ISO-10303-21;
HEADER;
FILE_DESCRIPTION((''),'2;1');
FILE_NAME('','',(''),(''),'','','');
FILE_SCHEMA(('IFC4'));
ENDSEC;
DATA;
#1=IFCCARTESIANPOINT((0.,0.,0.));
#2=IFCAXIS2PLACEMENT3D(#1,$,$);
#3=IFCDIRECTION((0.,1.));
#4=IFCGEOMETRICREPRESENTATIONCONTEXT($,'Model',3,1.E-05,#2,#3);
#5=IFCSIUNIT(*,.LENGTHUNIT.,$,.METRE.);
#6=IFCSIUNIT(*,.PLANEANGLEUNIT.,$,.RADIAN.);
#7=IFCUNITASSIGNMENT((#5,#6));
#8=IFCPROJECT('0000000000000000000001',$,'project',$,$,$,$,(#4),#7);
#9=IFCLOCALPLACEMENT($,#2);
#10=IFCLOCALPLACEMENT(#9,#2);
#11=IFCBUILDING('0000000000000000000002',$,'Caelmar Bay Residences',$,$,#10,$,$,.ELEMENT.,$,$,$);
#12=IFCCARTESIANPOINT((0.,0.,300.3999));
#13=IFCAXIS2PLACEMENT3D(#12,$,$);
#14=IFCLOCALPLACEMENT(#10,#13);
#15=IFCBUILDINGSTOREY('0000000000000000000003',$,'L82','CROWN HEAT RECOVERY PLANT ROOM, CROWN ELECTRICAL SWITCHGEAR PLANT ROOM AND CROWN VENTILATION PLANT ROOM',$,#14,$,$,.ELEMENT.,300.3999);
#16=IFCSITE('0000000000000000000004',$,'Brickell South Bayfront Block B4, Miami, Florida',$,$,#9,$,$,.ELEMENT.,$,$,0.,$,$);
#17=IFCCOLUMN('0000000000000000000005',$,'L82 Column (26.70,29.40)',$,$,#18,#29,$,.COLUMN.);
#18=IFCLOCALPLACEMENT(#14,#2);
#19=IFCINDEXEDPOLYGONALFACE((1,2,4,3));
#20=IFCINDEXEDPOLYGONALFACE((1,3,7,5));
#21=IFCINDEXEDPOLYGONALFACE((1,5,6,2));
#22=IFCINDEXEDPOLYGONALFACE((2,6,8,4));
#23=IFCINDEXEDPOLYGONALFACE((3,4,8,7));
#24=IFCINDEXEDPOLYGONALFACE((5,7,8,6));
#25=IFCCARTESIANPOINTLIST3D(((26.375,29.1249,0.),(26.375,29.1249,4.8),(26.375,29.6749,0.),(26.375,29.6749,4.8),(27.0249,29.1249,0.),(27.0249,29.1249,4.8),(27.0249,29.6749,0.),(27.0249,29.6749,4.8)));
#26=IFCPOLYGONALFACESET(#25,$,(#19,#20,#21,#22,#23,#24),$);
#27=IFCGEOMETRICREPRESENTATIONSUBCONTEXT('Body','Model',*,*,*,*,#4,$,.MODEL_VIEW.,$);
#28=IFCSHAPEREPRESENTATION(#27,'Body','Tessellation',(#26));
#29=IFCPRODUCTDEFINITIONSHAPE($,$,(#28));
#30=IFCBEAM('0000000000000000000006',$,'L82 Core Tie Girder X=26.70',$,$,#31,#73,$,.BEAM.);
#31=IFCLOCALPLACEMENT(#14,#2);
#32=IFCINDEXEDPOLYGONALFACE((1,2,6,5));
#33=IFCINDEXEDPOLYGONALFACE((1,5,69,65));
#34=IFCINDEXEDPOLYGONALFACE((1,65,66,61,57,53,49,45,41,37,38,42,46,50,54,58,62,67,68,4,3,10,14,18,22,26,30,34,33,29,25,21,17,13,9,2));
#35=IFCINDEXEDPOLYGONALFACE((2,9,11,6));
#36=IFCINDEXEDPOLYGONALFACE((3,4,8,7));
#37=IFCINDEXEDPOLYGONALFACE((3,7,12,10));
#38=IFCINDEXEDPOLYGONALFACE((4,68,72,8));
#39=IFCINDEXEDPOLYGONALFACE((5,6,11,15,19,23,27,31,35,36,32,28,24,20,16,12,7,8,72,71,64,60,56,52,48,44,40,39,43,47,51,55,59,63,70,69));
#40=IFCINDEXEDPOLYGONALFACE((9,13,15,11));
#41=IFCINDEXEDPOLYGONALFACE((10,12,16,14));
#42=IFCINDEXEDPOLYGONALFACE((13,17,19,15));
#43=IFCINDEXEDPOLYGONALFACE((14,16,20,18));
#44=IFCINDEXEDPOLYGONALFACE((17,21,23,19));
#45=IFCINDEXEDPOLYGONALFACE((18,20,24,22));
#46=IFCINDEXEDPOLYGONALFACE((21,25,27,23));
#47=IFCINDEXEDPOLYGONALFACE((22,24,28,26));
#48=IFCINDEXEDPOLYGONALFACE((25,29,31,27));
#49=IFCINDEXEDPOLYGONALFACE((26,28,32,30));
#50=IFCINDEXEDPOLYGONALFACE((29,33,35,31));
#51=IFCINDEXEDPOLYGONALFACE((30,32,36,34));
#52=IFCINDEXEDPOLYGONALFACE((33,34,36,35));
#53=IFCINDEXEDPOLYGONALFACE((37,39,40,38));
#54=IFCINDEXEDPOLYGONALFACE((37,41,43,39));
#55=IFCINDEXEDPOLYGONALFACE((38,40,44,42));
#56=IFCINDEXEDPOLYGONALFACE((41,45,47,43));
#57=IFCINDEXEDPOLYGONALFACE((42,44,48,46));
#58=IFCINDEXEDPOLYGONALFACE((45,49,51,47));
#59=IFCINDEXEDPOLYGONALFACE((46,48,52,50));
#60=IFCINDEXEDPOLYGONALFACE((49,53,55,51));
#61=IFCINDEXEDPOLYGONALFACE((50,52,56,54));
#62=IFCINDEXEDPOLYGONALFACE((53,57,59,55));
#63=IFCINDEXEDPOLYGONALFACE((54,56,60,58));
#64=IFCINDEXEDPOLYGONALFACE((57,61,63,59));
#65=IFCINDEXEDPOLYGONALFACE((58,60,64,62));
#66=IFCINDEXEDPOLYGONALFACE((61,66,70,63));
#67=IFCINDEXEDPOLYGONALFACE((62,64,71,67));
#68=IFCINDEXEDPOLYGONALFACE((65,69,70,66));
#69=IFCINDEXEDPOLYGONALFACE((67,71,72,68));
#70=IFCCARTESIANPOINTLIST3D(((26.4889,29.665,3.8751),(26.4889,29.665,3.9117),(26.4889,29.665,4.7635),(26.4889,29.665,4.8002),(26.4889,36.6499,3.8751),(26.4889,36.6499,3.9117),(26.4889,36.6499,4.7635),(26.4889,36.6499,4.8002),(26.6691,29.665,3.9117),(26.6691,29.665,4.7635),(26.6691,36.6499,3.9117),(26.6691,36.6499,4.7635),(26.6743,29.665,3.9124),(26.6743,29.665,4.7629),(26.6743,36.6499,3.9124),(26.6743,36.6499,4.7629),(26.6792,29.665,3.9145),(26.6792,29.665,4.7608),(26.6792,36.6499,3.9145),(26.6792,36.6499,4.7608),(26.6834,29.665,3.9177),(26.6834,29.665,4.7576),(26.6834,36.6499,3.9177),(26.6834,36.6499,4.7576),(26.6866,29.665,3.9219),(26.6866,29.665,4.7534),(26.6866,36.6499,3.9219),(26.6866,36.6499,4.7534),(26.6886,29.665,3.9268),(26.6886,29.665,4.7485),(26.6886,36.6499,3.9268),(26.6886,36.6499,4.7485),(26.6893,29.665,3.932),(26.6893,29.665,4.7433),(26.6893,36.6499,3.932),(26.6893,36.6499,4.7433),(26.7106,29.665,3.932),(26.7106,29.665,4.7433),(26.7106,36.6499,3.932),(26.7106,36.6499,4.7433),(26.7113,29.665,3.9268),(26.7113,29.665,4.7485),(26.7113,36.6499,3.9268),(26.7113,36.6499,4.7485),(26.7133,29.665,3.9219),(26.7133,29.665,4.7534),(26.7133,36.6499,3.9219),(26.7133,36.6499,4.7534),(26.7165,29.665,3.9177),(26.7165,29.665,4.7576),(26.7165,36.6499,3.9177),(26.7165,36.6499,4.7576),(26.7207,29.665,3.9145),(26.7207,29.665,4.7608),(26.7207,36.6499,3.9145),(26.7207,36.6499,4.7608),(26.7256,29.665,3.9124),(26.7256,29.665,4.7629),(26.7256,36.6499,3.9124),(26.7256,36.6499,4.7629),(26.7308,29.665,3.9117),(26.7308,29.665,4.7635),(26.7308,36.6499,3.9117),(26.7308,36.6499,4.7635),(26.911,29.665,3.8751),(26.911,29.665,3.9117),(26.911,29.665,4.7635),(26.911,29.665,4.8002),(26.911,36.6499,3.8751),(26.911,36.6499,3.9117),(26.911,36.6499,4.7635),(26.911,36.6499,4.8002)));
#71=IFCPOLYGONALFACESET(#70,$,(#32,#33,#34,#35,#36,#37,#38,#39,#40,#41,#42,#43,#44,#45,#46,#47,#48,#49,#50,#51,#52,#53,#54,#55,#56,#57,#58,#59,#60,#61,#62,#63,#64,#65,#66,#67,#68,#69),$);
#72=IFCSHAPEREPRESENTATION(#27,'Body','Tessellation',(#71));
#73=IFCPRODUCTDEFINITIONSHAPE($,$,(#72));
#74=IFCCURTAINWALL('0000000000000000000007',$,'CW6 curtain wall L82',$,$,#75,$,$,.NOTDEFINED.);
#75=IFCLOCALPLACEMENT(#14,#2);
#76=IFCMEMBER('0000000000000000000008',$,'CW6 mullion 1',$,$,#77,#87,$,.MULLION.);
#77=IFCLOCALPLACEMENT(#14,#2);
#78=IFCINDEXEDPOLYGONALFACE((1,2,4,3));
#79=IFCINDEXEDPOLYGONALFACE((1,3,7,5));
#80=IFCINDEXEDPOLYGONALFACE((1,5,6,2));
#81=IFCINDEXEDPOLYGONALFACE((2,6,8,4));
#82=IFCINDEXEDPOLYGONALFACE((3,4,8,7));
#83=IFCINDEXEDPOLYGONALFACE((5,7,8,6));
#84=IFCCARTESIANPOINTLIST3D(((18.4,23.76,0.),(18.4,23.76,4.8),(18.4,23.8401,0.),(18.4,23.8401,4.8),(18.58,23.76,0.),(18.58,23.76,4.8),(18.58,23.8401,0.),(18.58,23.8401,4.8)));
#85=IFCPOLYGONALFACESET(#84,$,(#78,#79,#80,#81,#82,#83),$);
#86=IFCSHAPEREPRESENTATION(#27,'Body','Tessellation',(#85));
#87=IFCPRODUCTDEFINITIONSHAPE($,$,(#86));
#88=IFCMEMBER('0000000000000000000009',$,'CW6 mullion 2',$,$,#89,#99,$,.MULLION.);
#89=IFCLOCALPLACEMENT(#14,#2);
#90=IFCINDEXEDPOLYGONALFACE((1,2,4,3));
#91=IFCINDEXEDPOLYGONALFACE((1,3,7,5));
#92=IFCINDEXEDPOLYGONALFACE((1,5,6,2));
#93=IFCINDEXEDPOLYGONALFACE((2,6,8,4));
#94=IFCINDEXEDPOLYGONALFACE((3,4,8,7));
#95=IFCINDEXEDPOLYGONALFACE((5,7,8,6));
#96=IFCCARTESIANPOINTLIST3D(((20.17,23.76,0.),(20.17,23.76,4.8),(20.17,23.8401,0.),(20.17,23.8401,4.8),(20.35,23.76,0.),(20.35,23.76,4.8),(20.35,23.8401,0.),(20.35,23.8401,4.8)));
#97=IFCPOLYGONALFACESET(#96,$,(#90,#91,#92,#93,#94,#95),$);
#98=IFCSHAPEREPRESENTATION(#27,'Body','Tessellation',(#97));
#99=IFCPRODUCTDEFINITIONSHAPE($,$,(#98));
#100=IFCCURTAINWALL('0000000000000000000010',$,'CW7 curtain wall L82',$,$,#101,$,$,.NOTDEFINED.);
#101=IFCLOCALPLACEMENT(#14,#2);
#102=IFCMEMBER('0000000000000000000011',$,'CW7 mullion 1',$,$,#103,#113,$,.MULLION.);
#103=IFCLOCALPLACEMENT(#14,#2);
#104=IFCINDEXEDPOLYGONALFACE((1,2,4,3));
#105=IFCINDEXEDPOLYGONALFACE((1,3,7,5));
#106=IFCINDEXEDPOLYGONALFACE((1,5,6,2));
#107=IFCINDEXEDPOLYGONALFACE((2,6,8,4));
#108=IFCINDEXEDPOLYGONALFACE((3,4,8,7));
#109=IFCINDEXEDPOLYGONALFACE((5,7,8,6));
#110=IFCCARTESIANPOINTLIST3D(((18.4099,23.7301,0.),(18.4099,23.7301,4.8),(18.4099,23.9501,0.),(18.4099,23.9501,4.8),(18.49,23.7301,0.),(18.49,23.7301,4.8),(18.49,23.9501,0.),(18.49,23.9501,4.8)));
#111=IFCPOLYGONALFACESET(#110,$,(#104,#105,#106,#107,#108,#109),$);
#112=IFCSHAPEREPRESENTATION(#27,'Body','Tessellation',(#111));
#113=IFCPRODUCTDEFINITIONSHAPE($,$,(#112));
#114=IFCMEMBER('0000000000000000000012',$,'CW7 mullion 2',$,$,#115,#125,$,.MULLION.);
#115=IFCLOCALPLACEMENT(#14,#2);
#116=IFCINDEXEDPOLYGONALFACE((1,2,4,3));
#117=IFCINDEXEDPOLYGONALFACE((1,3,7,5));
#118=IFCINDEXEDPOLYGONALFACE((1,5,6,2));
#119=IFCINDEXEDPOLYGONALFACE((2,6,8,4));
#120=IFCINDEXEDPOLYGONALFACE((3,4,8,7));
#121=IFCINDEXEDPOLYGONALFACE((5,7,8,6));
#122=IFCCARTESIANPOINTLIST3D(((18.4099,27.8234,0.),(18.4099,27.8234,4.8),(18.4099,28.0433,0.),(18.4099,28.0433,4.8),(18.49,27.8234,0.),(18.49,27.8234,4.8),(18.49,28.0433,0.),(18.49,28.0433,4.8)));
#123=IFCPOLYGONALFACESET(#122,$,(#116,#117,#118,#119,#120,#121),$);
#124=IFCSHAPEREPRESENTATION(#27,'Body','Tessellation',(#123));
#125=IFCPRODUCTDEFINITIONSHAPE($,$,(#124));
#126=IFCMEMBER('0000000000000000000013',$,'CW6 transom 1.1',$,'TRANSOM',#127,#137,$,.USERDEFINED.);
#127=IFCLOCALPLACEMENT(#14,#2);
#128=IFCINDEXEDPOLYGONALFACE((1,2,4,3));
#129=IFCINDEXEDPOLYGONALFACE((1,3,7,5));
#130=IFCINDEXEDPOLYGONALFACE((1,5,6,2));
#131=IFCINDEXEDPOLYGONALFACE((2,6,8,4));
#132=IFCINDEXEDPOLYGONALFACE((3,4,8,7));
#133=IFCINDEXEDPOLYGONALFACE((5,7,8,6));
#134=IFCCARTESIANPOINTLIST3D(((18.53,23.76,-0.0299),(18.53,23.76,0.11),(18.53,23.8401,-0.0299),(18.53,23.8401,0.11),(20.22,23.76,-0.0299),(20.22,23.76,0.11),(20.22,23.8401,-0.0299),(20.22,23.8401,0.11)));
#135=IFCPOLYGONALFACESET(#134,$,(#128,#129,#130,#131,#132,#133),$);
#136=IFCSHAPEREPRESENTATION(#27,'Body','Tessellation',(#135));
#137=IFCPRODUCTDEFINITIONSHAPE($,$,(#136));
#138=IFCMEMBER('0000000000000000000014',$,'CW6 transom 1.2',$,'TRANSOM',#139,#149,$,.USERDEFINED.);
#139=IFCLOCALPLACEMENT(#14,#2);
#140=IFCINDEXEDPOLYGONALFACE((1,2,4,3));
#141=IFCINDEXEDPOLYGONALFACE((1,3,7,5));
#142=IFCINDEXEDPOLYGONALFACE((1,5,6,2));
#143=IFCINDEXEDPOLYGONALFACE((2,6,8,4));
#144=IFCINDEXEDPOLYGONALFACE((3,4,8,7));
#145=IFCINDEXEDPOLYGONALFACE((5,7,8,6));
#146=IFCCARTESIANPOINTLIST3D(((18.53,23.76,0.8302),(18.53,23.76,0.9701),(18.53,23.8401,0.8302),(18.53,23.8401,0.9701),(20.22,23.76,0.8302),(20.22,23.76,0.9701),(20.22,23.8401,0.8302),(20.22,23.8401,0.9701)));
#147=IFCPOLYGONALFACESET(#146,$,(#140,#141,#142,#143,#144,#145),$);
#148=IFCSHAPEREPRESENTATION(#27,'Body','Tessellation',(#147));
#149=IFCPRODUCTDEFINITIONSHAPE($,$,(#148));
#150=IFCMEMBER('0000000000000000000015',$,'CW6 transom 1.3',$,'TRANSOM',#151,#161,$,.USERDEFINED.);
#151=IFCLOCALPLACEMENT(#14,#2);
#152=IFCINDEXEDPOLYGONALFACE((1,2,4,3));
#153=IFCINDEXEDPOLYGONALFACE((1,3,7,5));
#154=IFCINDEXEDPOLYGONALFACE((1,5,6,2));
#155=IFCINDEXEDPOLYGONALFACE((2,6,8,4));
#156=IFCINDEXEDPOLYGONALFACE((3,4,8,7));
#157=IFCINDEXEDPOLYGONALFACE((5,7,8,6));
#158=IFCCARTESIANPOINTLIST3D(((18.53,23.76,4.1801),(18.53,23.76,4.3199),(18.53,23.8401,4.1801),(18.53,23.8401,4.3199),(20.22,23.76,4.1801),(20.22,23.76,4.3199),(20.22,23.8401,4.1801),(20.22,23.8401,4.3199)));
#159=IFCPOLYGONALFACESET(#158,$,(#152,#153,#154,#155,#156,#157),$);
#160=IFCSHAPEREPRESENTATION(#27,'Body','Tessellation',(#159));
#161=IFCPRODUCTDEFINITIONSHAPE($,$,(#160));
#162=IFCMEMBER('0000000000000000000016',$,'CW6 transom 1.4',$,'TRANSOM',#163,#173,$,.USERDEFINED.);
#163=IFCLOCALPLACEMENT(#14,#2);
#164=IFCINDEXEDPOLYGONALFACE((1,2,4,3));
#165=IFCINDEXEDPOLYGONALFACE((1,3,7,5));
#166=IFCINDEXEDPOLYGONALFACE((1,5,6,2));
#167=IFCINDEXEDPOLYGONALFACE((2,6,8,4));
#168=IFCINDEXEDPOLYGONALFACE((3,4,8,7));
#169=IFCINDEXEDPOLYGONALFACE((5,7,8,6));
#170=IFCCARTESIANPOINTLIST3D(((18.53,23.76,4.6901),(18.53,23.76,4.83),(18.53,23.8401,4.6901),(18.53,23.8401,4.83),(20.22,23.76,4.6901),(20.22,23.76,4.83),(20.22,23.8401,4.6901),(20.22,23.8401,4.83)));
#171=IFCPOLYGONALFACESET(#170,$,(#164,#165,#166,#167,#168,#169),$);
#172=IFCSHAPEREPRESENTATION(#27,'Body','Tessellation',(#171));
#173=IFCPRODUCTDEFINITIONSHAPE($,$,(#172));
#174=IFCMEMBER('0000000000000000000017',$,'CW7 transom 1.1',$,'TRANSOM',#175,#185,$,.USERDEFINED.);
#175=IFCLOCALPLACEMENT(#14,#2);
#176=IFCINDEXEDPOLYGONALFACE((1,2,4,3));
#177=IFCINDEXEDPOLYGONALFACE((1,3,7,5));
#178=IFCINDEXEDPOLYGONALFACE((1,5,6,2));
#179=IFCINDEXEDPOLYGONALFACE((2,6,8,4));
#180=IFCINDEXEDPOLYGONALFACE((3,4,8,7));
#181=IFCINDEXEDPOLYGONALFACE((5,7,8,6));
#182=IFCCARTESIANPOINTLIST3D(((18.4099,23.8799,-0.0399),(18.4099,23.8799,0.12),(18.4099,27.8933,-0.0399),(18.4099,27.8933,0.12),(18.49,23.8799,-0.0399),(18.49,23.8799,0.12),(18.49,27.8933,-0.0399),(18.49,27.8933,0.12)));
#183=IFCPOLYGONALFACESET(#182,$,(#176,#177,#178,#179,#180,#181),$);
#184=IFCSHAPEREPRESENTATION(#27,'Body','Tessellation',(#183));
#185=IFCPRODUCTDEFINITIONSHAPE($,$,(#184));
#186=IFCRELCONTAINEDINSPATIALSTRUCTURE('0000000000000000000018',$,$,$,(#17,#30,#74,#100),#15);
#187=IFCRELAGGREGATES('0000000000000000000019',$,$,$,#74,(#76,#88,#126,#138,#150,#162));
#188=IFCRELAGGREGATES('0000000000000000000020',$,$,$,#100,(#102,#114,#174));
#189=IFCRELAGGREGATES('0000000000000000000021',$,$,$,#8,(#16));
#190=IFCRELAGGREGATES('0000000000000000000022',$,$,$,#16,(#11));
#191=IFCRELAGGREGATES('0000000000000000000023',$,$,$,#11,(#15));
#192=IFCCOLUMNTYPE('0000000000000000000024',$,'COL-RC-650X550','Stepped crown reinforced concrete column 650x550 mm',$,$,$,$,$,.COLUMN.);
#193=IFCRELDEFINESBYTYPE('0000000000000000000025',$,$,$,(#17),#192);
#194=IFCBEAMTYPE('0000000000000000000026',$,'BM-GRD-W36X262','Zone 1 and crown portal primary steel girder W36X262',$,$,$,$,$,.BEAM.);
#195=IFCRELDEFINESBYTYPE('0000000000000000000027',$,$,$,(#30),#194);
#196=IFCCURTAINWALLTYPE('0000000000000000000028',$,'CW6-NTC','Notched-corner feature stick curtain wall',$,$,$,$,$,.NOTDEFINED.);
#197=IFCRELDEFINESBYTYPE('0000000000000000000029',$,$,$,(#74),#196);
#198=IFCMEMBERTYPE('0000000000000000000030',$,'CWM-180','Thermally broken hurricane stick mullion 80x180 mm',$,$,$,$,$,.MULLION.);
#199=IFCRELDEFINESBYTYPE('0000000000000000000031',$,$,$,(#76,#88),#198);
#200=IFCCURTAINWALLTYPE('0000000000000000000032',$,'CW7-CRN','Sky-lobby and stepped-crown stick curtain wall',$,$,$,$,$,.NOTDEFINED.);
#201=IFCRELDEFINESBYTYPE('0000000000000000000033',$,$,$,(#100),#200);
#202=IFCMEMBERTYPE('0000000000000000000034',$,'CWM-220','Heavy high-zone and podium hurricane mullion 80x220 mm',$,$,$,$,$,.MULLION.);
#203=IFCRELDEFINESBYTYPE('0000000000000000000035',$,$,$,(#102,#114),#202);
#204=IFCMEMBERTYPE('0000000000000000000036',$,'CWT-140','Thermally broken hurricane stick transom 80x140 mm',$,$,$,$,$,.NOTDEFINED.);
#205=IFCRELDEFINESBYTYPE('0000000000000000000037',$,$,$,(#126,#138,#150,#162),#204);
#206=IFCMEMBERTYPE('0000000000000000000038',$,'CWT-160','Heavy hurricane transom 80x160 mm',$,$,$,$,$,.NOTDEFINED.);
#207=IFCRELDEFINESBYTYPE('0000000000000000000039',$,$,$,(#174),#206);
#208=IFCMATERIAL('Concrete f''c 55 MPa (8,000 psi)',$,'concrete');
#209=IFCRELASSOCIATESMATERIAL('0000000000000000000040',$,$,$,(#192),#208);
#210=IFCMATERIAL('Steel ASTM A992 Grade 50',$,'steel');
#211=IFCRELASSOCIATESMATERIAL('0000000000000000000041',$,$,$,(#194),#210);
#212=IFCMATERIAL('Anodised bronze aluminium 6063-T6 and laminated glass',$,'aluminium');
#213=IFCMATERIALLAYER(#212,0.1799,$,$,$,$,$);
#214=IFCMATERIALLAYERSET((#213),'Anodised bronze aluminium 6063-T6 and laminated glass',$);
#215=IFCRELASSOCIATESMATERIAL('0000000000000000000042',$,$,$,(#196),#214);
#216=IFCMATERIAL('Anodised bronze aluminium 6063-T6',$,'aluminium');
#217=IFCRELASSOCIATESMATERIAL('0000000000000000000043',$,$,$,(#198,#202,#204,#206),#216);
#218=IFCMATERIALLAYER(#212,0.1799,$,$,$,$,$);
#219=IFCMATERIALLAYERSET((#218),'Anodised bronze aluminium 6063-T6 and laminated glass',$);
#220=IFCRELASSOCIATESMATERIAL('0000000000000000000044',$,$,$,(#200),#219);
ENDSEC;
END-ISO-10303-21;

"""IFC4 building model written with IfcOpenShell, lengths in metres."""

from ifc_helpers import new_model, si_unit, direction, frame, origin, origin_2d, place, context, subcontext, project, spatial, rectangle, i_section, extrude, material, layer, layer_set, material_profile, profile_set, type_object, element, aggregate, save


model = new_model("IFC4")

# Units and contexts
model_context = context("Model", 3, precision=1e-05, world=origin(), true_north=direction((0.0, 1.0)))
body_context = subcontext(model_context, "Body", "Model", "MODEL_VIEW")
ifc_project = project(units=[si_unit("LENGTHUNIT", "METRE"), si_unit("PLANEANGLEUNIT", "RADIAN")], contexts=[model_context])

# Site, building, storey
site_placement = place(None, origin())
site = spatial("IfcSite", under=ifc_project, at=site_placement, Name="Brickell South Bayfront Block B4, Miami, Florida", CompositionType="ELEMENT", RefElevation=0.0)
building_placement = place(site_placement, origin())
building = spatial("IfcBuilding", under=site, at=building_placement, Name="Caelmar Bay Residences", CompositionType="ELEMENT")
storey_placement = place(building_placement, frame((0.0, 0.0, 300.3999)))
storey = spatial("IfcBuildingStorey", under=building, at=storey_placement, Name="L82", Description="CROWN HEAT RECOVERY PLANT ROOM, CROWN ELECTRICAL SWITCHGEAR PLANT ROOM AND CROWN VENTILATION PLANT ROOM", CompositionType="ELEMENT", Elevation=300.3999)

# Column
ifc_material_1 = material(Name="Concrete f'c 55 MPa (8,000 psi)", Category="concrete")
ifc_material_profile_1 = material_profile(ifc_material_1, rectangle(XDim=0.6499, YDim=0.55, at=origin_2d()), Name="RC-COL-650X550")
ifc_profile_set_1 = profile_set([ifc_material_profile_1], Name="Concrete f'c 55 MPa (8,000 psi)")
column_type = type_object("IfcColumnType", Name="COL-RC-650X550", Description="Stepped crown reinforced concrete column 650x550 mm", PredefinedType="COLUMN", material=ifc_profile_set_1)
column_placement = place(storey_placement, frame((26.7, 29.3999, 0.0), z_axis=(0.0, 0.0, 1.0), x_axis=(1.0, 0.0, 0.0)))
element("IfcColumn", 1, at=column_placement, inside=storey, type_object=column_type, Name="L82 Column (26.70,29.40)", PredefinedType="COLUMN", context=body_context, shape_type="SweptSolid", body=[
    extrude(rectangle(XDim=0.6499, YDim=0.55, at=origin_2d()), origin(), (0.0, 0.0, 1.0), 4.8),
])

# Beam
ifc_material_2 = material(Name="Steel ASTM A992 Grade 50", Category="steel")
ifc_material_profile_2 = material_profile(ifc_material_2, i_section(OverallWidth=0.4221, OverallDepth=0.925, WebThickness=0.0212, FlangeThickness=0.0366, FilletRadius=0.0203, at=origin_2d()), Name="W36X262")
ifc_profile_set_2 = profile_set([ifc_material_profile_2], Name="Steel ASTM A992 Grade 50")
beam_type = type_object("IfcBeamType", Name="BM-GRD-W36X262", Description="Zone 1 and crown portal primary steel girder W36X262", PredefinedType="BEAM", material=ifc_profile_set_2)
beam_placement = place(storey_placement, frame((26.7, 29.665, 4.3376), z_axis=(0.0, 1.0, 0.0), x_axis=(-1.0, 0.0, 0.0)))
element("IfcBeam", 2, at=beam_placement, inside=storey, type_object=beam_type, Name="L82 Core Tie Girder X=26.70", PredefinedType="BEAM", context=body_context, shape_type="SweptSolid", body=[
    extrude(i_section(OverallWidth=0.4221, OverallDepth=0.925, WebThickness=0.0212, FlangeThickness=0.0366, FilletRadius=0.0203, at=origin_2d()), origin(), (0.0, 0.0, 1.0), 6.9849),
])

# Curtain walls, members
ifc_material_3 = material(Name="Anodised bronze aluminium 6063-T6 and laminated glass", Category="aluminium")
ifc_layer_1 = layer(ifc_material_3, 0.1799)
ifc_layer_set_1 = layer_set([ifc_layer_1], Name="Anodised bronze aluminium 6063-T6 and laminated glass")
curtain_wall_type_1 = type_object("IfcCurtainWallType", Name="CW6-NTC", Description="Notched-corner feature stick curtain wall", PredefinedType="NOTDEFINED", material=ifc_layer_set_1)
curtain_wall_1_placement = place(storey_placement, origin())
curtain_wall_1 = element("IfcCurtainWall", 3, at=curtain_wall_1_placement, inside=storey, type_object=curtain_wall_type_1, Name="CW6 curtain wall L82", PredefinedType="NOTDEFINED")
ifc_material_4 = material(Name="Anodised bronze aluminium 6063-T6", Category="aluminium")
ifc_material_profile_3 = material_profile(ifc_material_4, rectangle(XDim=0.0801, YDim=0.1799, at=origin_2d()), Name="CWM-80X180")
ifc_profile_set_3 = profile_set([ifc_material_profile_3], Name="Anodised bronze aluminium 6063-T6")
member_type_1 = type_object("IfcMemberType", Name="CWM-180", Description="Thermally broken hurricane stick mullion 80x180 mm", PredefinedType="MULLION", material=ifc_profile_set_3)
member_1_placement = place(storey_placement, frame((18.49, 23.8, 0.0), z_axis=(0.0, 0.0, 1.0), x_axis=(0.0, 1.0, 0.0)))
member_1 = element("IfcMember", 4, at=member_1_placement, type_object=member_type_1, Name="CW6 mullion 1", PredefinedType="MULLION", context=body_context, shape_type="SweptSolid", body=[
    extrude(rectangle(XDim=0.0801, YDim=0.1799, at=origin_2d()), origin(), (0.0, 0.0, 1.0), 4.8),
])
member_2_placement = place(storey_placement, frame((20.26, 23.8, 0.0), z_axis=(0.0, 0.0, 1.0), x_axis=(0.0, 1.0, 0.0)))
member_2 = element("IfcMember", 5, at=member_2_placement, type_object=member_type_1, Name="CW6 mullion 2", PredefinedType="MULLION", context=body_context, shape_type="SweptSolid", body=[
    extrude(rectangle(XDim=0.0801, YDim=0.1799, at=origin_2d()), origin(), (0.0, 0.0, 1.0), 4.8),
])
ifc_layer_2 = layer(ifc_material_3, 0.1799)
ifc_layer_set_2 = layer_set([ifc_layer_2], Name="Anodised bronze aluminium 6063-T6 and laminated glass")
curtain_wall_type_2 = type_object("IfcCurtainWallType", Name="CW7-CRN", Description="Sky-lobby and stepped-crown stick curtain wall", PredefinedType="NOTDEFINED", material=ifc_layer_set_2)
curtain_wall_2_placement = place(storey_placement, origin())
curtain_wall_2 = element("IfcCurtainWall", 6, at=curtain_wall_2_placement, inside=storey, type_object=curtain_wall_type_2, Name="CW7 curtain wall L82", PredefinedType="NOTDEFINED")
ifc_material_profile_4 = material_profile(ifc_material_4, rectangle(XDim=0.0801, YDim=0.22, at=origin_2d()), Name="CWM-80X220")
ifc_profile_set_4 = profile_set([ifc_material_profile_4], Name="Anodised bronze aluminium 6063-T6")
member_type_2 = type_object("IfcMemberType", Name="CWM-220", Description="Heavy high-zone and podium hurricane mullion 80x220 mm", PredefinedType="MULLION", material=ifc_profile_set_4)
member_3_placement = place(storey_placement, frame((18.45, 23.8401, 0.0), z_axis=(0.0, 0.0, 1.0), x_axis=(-1.0, 0.0, 0.0)))
member_3 = element("IfcMember", 7, at=member_3_placement, type_object=member_type_2, Name="CW7 mullion 1", PredefinedType="MULLION", context=body_context, shape_type="SweptSolid", body=[
    extrude(rectangle(XDim=0.0801, YDim=0.22, at=origin_2d()), origin(), (0.0, 0.0, 1.0), 4.8),
])
member_4_placement = place(storey_placement, frame((18.45, 27.9333, 0.0), z_axis=(0.0, 0.0, 1.0), x_axis=(-1.0, 0.0, 0.0)))
member_4 = element("IfcMember", 8, at=member_4_placement, type_object=member_type_2, Name="CW7 mullion 2", PredefinedType="MULLION", context=body_context, shape_type="SweptSolid", body=[
    extrude(rectangle(XDim=0.0801, YDim=0.22, at=origin_2d()), origin(), (0.0, 0.0, 1.0), 4.8),
])

# Members
ifc_material_profile_5 = material_profile(ifc_material_4, rectangle(XDim=0.0801, YDim=0.1399, at=origin_2d()), Name="CWT-80X140")
ifc_profile_set_5 = profile_set([ifc_material_profile_5], Name="Anodised bronze aluminium 6063-T6")
member_type_3 = type_object("IfcMemberType", Name="CWT-140", Description="Thermally broken hurricane stick transom 80x140 mm", PredefinedType="NOTDEFINED", material=ifc_profile_set_5)
member_5_placement = place(storey_placement, frame((18.53, 23.8, 0.04), z_axis=(1.0, 0.0, 0.0), x_axis=(0.0, 1.0, 0.0)))
member_5 = element("IfcMember", 9, at=member_5_placement, type_object=member_type_3, Name="CW6 transom 1.1", ObjectType="TRANSOM", PredefinedType="USERDEFINED", context=body_context, shape_type="SweptSolid", body=[
    extrude(rectangle(XDim=0.0801, YDim=0.1399, at=origin_2d()), origin(), (0.0, 0.0, 1.0), 1.6899),
])
member_6_placement = place(storey_placement, frame((18.53, 23.8, 0.9001), z_axis=(1.0, 0.0, 0.0), x_axis=(0.0, 1.0, 0.0)))
member_6 = element("IfcMember", 10, at=member_6_placement, type_object=member_type_3, Name="CW6 transom 1.2", ObjectType="TRANSOM", PredefinedType="USERDEFINED", context=body_context, shape_type="SweptSolid", body=[
    extrude(rectangle(XDim=0.0801, YDim=0.1399, at=origin_2d()), origin(), (0.0, 0.0, 1.0), 1.6899),
])
member_7_placement = place(storey_placement, frame((18.53, 23.8, 4.25), z_axis=(1.0, 0.0, 0.0), x_axis=(0.0, 1.0, 0.0)))
member_7 = element("IfcMember", 11, at=member_7_placement, type_object=member_type_3, Name="CW6 transom 1.3", ObjectType="TRANSOM", PredefinedType="USERDEFINED", context=body_context, shape_type="SweptSolid", body=[
    extrude(rectangle(XDim=0.0801, YDim=0.1399, at=origin_2d()), origin(), (0.0, 0.0, 1.0), 1.6899),
])
member_8_placement = place(storey_placement, frame((18.53, 23.8, 4.76), z_axis=(1.0, 0.0, 0.0), x_axis=(0.0, 1.0, 0.0)))
member_8 = element("IfcMember", 12, at=member_8_placement, type_object=member_type_3, Name="CW6 transom 1.4", ObjectType="TRANSOM", PredefinedType="USERDEFINED", context=body_context, shape_type="SweptSolid", body=[
    extrude(rectangle(XDim=0.0801, YDim=0.1399, at=origin_2d()), origin(), (0.0, 0.0, 1.0), 1.6899),
])
ifc_material_profile_6 = material_profile(ifc_material_4, rectangle(XDim=0.0801, YDim=0.1599, at=origin_2d()), Name="CWT-80X160")
ifc_profile_set_6 = profile_set([ifc_material_profile_6], Name="Anodised bronze aluminium 6063-T6")
member_type_4 = type_object("IfcMemberType", Name="CWT-160", Description="Heavy hurricane transom 80x160 mm", PredefinedType="NOTDEFINED", material=ifc_profile_set_6)
member_9_placement = place(storey_placement, frame((18.45, 23.8799, 0.04), z_axis=(0.0, 1.0, 0.0), x_axis=(-1.0, 0.0, 0.0)))
member_9 = element("IfcMember", 13, at=member_9_placement, type_object=member_type_4, Name="CW7 transom 1.1", ObjectType="TRANSOM", PredefinedType="USERDEFINED", context=body_context, shape_type="SweptSolid", body=[
    extrude(rectangle(XDim=0.0801, YDim=0.1599, at=origin_2d()), origin(), (0.0, 0.0, 1.0), 4.0134),
])

aggregate(curtain_wall_1, [member_1, member_2, member_5, member_6, member_7, member_8])
aggregate(curtain_wall_2, [member_3, member_4, member_9])

save(model, "model.ifc")
